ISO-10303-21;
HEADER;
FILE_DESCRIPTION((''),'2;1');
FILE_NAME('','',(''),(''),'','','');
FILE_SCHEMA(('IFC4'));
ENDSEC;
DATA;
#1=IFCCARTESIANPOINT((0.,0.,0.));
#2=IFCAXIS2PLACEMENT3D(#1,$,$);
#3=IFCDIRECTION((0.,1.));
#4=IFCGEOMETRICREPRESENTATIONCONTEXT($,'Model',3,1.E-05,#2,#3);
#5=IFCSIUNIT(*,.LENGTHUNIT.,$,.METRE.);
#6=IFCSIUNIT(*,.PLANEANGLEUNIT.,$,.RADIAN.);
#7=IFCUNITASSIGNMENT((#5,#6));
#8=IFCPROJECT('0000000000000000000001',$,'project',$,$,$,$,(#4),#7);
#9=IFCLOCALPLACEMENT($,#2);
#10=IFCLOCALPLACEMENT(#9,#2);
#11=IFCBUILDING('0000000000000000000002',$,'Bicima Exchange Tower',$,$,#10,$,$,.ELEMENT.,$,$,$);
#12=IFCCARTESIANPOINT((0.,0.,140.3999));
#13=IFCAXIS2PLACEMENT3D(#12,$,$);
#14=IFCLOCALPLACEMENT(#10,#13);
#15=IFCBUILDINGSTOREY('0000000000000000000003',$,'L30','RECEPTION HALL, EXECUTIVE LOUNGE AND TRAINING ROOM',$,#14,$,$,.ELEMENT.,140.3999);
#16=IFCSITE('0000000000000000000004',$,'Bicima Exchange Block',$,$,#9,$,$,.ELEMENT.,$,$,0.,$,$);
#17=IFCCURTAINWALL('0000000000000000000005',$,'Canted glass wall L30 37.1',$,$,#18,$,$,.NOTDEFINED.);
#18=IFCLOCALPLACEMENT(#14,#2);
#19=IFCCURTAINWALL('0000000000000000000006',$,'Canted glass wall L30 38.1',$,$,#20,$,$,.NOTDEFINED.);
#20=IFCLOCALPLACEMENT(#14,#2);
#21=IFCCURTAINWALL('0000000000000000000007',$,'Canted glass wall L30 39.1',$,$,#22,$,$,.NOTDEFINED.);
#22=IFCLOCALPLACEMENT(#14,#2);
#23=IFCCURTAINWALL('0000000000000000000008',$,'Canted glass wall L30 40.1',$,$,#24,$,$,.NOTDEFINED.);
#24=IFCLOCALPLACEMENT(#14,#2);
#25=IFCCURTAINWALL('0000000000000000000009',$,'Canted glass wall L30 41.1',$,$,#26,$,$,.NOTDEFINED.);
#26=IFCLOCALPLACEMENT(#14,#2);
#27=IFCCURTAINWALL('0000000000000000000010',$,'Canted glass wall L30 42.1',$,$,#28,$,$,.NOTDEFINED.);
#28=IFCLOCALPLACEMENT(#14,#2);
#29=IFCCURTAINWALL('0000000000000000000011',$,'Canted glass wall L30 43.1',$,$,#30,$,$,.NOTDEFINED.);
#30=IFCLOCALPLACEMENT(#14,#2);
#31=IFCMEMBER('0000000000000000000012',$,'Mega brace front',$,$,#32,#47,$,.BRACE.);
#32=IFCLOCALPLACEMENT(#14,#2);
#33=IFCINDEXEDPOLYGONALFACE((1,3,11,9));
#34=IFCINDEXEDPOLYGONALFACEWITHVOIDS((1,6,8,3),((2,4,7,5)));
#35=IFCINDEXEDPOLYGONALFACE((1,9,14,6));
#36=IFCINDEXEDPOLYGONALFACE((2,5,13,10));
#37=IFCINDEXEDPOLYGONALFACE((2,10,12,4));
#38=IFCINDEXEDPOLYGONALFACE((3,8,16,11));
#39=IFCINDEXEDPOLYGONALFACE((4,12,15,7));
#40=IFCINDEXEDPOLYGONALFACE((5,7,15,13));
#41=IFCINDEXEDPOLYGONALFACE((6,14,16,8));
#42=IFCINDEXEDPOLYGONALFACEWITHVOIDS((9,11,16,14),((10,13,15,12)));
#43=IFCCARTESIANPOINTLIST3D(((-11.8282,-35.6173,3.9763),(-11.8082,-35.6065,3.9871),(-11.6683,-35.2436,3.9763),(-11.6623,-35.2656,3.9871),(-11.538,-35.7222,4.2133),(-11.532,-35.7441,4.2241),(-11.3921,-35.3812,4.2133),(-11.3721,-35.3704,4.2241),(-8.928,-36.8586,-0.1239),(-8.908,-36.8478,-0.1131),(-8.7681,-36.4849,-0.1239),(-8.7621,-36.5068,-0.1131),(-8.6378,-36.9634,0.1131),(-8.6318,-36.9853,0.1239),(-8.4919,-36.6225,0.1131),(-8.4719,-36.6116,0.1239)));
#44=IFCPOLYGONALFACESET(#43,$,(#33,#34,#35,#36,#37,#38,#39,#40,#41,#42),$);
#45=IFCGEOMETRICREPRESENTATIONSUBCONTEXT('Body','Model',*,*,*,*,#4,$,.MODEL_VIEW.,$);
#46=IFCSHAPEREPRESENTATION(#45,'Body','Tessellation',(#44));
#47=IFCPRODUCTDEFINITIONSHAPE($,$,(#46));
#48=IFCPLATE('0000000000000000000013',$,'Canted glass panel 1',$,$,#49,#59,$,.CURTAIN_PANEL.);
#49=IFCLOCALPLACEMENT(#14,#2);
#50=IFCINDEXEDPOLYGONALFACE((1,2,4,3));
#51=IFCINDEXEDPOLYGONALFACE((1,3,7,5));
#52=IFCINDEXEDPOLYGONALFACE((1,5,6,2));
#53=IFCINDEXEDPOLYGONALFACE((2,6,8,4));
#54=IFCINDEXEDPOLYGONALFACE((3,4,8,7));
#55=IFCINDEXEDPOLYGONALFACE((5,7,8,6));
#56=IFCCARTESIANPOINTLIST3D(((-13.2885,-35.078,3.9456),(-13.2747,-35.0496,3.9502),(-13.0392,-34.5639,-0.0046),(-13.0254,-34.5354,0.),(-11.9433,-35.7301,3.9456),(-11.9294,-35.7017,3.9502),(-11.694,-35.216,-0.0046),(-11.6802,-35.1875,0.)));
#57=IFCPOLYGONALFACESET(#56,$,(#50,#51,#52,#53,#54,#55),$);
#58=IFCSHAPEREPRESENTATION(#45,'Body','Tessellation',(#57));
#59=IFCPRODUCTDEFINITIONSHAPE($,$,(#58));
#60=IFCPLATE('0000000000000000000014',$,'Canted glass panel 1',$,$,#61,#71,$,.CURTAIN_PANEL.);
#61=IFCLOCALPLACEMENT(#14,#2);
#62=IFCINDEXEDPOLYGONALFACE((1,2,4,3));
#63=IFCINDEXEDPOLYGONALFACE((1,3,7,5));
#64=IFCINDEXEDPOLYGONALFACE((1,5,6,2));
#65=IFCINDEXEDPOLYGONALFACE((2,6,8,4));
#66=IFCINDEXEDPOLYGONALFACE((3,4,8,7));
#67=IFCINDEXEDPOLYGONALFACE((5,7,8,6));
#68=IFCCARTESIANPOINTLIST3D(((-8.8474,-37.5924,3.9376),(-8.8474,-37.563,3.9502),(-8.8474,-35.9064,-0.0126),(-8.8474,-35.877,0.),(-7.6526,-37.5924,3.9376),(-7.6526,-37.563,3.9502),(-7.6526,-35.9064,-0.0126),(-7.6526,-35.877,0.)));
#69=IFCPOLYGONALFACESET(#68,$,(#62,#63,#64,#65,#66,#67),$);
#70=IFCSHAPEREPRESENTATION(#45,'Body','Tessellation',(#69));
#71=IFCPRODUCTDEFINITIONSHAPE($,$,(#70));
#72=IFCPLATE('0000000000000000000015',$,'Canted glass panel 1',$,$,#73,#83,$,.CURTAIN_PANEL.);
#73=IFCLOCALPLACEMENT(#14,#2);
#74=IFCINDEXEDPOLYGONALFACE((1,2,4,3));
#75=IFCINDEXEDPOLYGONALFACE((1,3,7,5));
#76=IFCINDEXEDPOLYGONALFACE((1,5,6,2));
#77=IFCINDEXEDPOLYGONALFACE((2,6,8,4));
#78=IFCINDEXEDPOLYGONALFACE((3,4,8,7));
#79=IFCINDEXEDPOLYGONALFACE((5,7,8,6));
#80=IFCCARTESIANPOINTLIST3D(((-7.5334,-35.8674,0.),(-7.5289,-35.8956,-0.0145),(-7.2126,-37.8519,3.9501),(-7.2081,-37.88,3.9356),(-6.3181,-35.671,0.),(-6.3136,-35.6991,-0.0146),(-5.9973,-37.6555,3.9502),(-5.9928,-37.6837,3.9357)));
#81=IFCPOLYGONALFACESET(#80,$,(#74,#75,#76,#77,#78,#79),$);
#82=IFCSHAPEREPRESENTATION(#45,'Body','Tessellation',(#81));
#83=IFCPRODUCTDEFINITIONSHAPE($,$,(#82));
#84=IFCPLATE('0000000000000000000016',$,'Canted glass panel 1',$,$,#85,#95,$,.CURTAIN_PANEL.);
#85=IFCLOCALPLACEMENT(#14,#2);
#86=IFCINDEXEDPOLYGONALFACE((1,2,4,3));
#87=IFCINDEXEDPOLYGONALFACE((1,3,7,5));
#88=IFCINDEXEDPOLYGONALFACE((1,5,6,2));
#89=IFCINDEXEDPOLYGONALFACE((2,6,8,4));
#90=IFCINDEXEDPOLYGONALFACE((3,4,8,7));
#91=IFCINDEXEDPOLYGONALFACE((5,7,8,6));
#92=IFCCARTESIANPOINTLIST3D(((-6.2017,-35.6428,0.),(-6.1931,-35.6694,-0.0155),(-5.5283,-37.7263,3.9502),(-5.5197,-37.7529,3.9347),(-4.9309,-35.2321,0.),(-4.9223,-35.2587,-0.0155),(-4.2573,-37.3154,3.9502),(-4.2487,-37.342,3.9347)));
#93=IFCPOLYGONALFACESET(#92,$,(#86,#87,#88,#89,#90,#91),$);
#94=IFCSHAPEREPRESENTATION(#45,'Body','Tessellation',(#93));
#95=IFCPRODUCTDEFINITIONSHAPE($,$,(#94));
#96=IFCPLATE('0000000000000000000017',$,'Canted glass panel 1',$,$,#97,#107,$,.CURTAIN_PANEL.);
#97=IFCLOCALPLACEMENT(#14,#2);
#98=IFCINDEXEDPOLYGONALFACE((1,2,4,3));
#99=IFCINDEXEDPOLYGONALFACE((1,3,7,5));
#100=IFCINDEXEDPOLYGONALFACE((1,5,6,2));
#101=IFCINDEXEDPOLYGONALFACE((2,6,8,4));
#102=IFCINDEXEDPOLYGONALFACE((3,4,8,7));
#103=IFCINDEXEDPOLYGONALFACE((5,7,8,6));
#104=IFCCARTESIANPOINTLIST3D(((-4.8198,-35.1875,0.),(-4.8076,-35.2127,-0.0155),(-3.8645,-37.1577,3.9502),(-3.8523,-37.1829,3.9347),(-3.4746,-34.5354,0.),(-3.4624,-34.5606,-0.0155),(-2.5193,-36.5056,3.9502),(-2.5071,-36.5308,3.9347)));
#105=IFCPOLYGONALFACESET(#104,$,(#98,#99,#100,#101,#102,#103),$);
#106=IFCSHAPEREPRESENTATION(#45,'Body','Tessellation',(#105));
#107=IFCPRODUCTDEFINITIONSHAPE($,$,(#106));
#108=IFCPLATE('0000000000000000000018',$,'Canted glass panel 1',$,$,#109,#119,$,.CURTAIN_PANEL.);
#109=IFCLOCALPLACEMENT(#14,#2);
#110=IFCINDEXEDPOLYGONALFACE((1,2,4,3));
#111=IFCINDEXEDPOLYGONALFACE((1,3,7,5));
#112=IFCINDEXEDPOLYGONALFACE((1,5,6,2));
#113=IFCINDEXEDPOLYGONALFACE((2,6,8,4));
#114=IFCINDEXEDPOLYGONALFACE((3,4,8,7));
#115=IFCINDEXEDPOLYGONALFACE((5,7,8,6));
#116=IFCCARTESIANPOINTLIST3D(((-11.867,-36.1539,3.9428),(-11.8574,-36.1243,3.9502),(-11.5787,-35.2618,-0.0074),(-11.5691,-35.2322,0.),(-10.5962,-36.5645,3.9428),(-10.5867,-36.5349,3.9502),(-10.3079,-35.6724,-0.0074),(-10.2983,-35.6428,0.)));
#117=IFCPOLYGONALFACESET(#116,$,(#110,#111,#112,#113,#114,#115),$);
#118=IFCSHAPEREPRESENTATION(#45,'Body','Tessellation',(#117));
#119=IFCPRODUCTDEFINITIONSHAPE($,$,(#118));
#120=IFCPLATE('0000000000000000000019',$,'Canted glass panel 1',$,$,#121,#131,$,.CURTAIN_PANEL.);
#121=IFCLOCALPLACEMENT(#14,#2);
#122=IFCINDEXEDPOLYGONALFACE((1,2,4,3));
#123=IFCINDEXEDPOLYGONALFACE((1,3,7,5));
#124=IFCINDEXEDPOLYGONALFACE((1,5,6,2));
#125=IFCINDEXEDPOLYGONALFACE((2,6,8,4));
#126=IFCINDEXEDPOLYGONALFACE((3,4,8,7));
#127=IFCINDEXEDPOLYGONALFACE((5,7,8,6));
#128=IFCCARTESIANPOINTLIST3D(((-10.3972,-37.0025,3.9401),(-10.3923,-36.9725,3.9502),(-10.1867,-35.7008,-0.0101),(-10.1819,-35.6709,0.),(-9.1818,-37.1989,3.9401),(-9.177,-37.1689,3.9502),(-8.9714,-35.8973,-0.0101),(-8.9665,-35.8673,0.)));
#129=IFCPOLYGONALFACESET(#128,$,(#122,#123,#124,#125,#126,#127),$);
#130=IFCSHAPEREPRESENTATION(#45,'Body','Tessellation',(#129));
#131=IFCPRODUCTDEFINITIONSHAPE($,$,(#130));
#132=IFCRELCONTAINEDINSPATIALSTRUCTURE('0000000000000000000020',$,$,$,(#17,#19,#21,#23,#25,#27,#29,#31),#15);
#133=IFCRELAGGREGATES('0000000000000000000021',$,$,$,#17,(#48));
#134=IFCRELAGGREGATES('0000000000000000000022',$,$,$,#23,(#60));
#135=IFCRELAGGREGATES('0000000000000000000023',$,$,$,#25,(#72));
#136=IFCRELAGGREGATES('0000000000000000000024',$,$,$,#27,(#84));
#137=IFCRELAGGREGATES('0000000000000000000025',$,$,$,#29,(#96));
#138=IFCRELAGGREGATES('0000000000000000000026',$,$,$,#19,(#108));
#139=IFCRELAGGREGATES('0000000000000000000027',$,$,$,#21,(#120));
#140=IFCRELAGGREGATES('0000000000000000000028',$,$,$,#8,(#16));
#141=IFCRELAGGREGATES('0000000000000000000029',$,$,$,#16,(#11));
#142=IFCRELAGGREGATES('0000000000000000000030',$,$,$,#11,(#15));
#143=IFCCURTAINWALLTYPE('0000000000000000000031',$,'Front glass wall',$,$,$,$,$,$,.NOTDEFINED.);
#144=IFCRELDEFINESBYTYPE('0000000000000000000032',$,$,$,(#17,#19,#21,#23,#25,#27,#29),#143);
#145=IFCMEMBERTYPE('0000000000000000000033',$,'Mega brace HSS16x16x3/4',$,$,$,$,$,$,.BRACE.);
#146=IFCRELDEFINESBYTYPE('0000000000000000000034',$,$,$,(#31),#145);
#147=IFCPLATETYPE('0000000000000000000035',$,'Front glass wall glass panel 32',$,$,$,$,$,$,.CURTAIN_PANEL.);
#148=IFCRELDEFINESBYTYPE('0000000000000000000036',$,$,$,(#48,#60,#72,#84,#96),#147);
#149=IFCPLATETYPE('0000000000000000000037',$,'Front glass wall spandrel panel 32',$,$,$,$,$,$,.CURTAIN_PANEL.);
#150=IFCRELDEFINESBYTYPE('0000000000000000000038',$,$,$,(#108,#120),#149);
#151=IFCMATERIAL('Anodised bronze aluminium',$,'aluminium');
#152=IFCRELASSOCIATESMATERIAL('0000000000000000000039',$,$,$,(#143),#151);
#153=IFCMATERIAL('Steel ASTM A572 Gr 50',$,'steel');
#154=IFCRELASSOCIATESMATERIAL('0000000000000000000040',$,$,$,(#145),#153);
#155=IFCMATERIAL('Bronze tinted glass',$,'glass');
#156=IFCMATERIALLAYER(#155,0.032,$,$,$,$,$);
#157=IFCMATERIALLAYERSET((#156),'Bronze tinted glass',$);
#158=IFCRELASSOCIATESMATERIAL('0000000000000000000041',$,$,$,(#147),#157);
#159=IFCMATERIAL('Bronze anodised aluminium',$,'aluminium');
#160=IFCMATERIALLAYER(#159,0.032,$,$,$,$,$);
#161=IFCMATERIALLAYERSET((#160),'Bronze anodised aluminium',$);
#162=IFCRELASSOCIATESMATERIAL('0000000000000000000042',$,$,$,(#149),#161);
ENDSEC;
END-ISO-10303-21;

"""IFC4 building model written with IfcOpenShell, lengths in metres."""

from ifc_helpers import new_model, si_unit, direction, frame, origin, origin_2d, place, context, subcontext, project, spatial, polyline, hollow_rectangle, outline, extrude, material, layer, layer_set, material_profile, profile_set, type_object, element, aggregate, save


model = new_model("IFC4")

# Units and contexts
model_context = context("Model", 3, precision=1e-05, world=origin(), true_north=direction((0.0, 1.0)))
body_context = subcontext(model_context, "Body", "Model", "MODEL_VIEW")
ifc_project = project(units=[si_unit("LENGTHUNIT", "METRE"), si_unit("PLANEANGLEUNIT", "RADIAN")], contexts=[model_context])

# Site, building, storey
site_placement = place(None, origin())
site = spatial("IfcSite", under=ifc_project, at=site_placement, Name="Bicima Exchange Block", CompositionType="ELEMENT", RefElevation=0.0)
building_placement = place(site_placement, origin())
building = spatial("IfcBuilding", under=site, at=building_placement, Name="Bicima Exchange Tower", CompositionType="ELEMENT")
storey_placement = place(building_placement, frame((0.0, 0.0, 140.3999)))
storey = spatial("IfcBuildingStorey", under=building, at=storey_placement, Name="L30", Description="RECEPTION HALL, EXECUTIVE LOUNGE AND TRAINING ROOM", CompositionType="ELEMENT", Elevation=140.3999)

# Curtain wall
ifc_material_1 = material(Name="Anodised bronze aluminium", Category="aluminium")
curtain_wall_type = type_object("IfcCurtainWallType", Name="Front glass wall", PredefinedType="NOTDEFINED", material=ifc_material_1)
curtain_wall_1_placement = place(storey_placement, origin())
curtain_wall_1 = element("IfcCurtainWall", 1, at=curtain_wall_1_placement, inside=storey, type_object=curtain_wall_type, Name="Canted glass wall L30 37.1", PredefinedType="NOTDEFINED")

# Curtain walls
curtain_wall_2_placement = place(storey_placement, origin())
curtain_wall_2 = element("IfcCurtainWall", 2, at=curtain_wall_2_placement, inside=storey, type_object=curtain_wall_type, Name="Canted glass wall L30 38.1", PredefinedType="NOTDEFINED")
curtain_wall_3_placement = place(storey_placement, origin())
curtain_wall_3 = element("IfcCurtainWall", 3, at=curtain_wall_3_placement, inside=storey, type_object=curtain_wall_type, Name="Canted glass wall L30 39.1", PredefinedType="NOTDEFINED")
curtain_wall_4_placement = place(storey_placement, origin())
curtain_wall_4 = element("IfcCurtainWall", 4, at=curtain_wall_4_placement, inside=storey, type_object=curtain_wall_type, Name="Canted glass wall L30 40.1", PredefinedType="NOTDEFINED")
curtain_wall_5_placement = place(storey_placement, origin())
curtain_wall_5 = element("IfcCurtainWall", 5, at=curtain_wall_5_placement, inside=storey, type_object=curtain_wall_type, Name="Canted glass wall L30 41.1", PredefinedType="NOTDEFINED")
curtain_wall_6_placement = place(storey_placement, origin())
curtain_wall_6 = element("IfcCurtainWall", 6, at=curtain_wall_6_placement, inside=storey, type_object=curtain_wall_type, Name="Canted glass wall L30 42.1", PredefinedType="NOTDEFINED")

# Curtain wall
curtain_wall_7_placement = place(storey_placement, origin())
curtain_wall_7 = element("IfcCurtainWall", 7, at=curtain_wall_7_placement, inside=storey, type_object=curtain_wall_type, Name="Canted glass wall L30 43.1", PredefinedType="NOTDEFINED")

# Member
ifc_material_2 = material(Name="Steel ASTM A572 Gr 50", Category="steel")
ifc_material_profile_1 = material_profile(ifc_material_2, hollow_rectangle(XDim=0.4065, YDim=0.4065, WallThickness=0.0178, at=origin_2d()))
ifc_profile_set_1 = profile_set([ifc_material_profile_1], Name="Steel ASTM A572 Gr 50")
member_type_1 = type_object("IfcMemberType", Name="Mega brace HSS16x16x3/4", PredefinedType="BRACE", material=ifc_profile_set_1)
member_1_placement = place(storey_placement, frame((-8.7, -36.7351, 0.0), z_axis=(-0.560607, 0.23993, 0.792561), x_axis=(-0.393462, -0.919341, 0.0)))
element("IfcMember", 8, at=member_1_placement, inside=storey, type_object=member_type_1, Name="Mega brace front", PredefinedType="BRACE", context=body_context, shape_type="SweptSolid", body=[
    extrude(hollow_rectangle(XDim=0.4065, YDim=0.4065, WallThickness=0.0178, at=origin_2d()), origin(), (0.0, 0.0, 1.0), 5.1733),
])

# Plates
ifc_material_3 = material(Name="Bronze tinted glass", Category="glass")
ifc_layer_1 = layer(ifc_material_3, 0.032)
ifc_layer_set_1 = layer_set([ifc_layer_1], Name="Bronze tinted glass")
plate_type_1 = type_object("IfcPlateType", Name="Front glass wall glass panel 32", PredefinedType="CURTAIN_PANEL", material=ifc_layer_set_1)
plate_1_placement = place(storey_placement, frame((-13.0254, -34.5354, 0.0), z_axis=(0.431712, 0.890578, 0.14316), x_axis=(0.899847, -0.436205, 0.0)))
plate_1 = element("IfcPlate", 9, at=plate_1_placement, type_object=plate_type_1, Name="Canted glass panel 1", PredefinedType="CURTAIN_PANEL", context=body_context, shape_type="SweptSolid", body=[
    extrude(outline(polyline([(0.0, 0.0), (1.4949, 0.0), (1.4949, -3.9913), (0.0, -3.9913), (0.0, 0.0)])), origin(), (0.0, 0.0, -1.0), 0.032),
])
aggregate(curtain_wall_1, [plate_1])
plate_2_placement = place(storey_placement, frame((-8.8474, -35.877, 0.0), z_axis=(0.0, 0.919726, 0.392561), x_axis=(1.0, 0.0, 0.0)))
plate_2 = element("IfcPlate", 10, at=plate_2_placement, type_object=plate_type_1, Name="Canted glass panel 1", PredefinedType="CURTAIN_PANEL", context=body_context, shape_type="SweptSolid", body=[
    extrude(outline(polyline([(0.0, 0.0), (1.1948, 0.0), (1.1948, -4.295), (0.0, -4.295), (0.0, 0.0)])), origin(), (0.0, 0.0, -1.0), 0.032),
])
aggregate(curtain_wall_4, [plate_2])
plate_3_placement = place(storey_placement, frame((-7.5334, -35.8674, 0.0), z_axis=(-0.142188, 0.879816, 0.453549), x_axis=(0.987188, 0.159561, -0.00004)))
plate_3 = element("IfcPlate", 11, at=plate_3_placement, type_object=plate_type_1, Name="Canted glass panel 1", PredefinedType="CURTAIN_PANEL", context=body_context, shape_type="SweptSolid", body=[
    extrude(outline(polyline([(0.0, 0.0), (1.2311, 0.0), (1.231, -4.4323), (-0.0001, -4.4322), (0.0, 0.0)])), origin(), (0.0, 0.0, -1.0), 0.032),
])
aggregate(curtain_wall_5, [plate_3])
plate_4_placement = place(storey_placement, frame((-6.2017, -35.6428, 0.0), z_axis=(-0.268993, 0.832238, 0.484791), x_axis=(0.951536, 0.307537, 0.000025)))
plate_4 = element("IfcPlate", 12, at=plate_4_placement, type_object=plate_type_1, Name="Canted glass panel 1", PredefinedType="CURTAIN_PANEL", context=body_context, shape_type="SweptSolid", body=[
    extrude(outline(polyline([(0.0, 0.0), (1.3355, 0.0), (1.3358, -4.5164), (0.0001, -4.5165), (0.0, 0.0)])), origin(), (0.0, 0.0, -1.0), 0.032),
])
aggregate(curtain_wall_6, [plate_4])
plate_5_placement = place(storey_placement, frame((-4.8198, -35.1875, 0.0), z_axis=(-0.381515, 0.787026, 0.484806), x_axis=(0.899847, 0.436205, 0.0)))
plate_5 = element("IfcPlate", 13, at=plate_5_placement, type_object=plate_type_1, Name="Canted glass panel 1", PredefinedType="CURTAIN_PANEL", context=body_context, shape_type="SweptSolid", body=[
    extrude(outline(polyline([(0.0, 0.0), (1.4949, 0.0), (1.4952, -4.5165), (0.0002, -4.5165), (0.0, 0.0)])), origin(), (0.0, 0.0, -1.0), 0.032),
])
aggregate(curtain_wall_7, [plate_5])
ifc_material_4 = material(Name="Bronze anodised aluminium", Category="aluminium")
ifc_layer_2 = layer(ifc_material_4, 0.032)
ifc_layer_set_2 = layer_set([ifc_layer_2], Name="Bronze anodised aluminium")
plate_type_2 = type_object("IfcPlateType", Name="Front glass wall spandrel panel 32", PredefinedType="CURTAIN_PANEL", material=ifc_layer_set_2)
plate_6_placement = place(storey_placement, frame((-11.5691, -35.2322, 0.0), z_axis=(0.299183, 0.925832, 0.230922), x_axis=(0.95155, -0.307494, 0.0)))
plate_6 = element("IfcPlate", 14, at=plate_6_placement, type_object=plate_type_2, Name="Canted glass panel 1", PredefinedType="CURTAIN_PANEL", context=body_context, shape_type="SweptSolid", body=[
    extrude(outline(polyline([(0.0, 0.0), (1.3355, 0.0), (1.3354, -4.0599), (0.0, -4.0599), (0.0, 0.0)])), origin(), (0.0, 0.0, -1.0), 0.032),
])
aggregate(curtain_wall_2, [plate_6])
plate_7_placement = place(storey_placement, frame((-10.1819, -35.6709, 0.0), z_axis=(0.151333, 0.936403, 0.316618), x_axis=(0.98719, -0.159551, 0.000029)))
plate_7 = element("IfcPlate", 15, at=plate_7_placement, type_object=plate_type_2, Name="Canted glass panel 1", PredefinedType="CURTAIN_PANEL", context=body_context, shape_type="SweptSolid", body=[
    extrude(outline(polyline([(0.0, 0.0), (1.2311, 0.0), (1.2311, -4.1644), (0.0001, -4.1645), (0.0, 0.0)])), origin(), (0.0, 0.0, -1.0), 0.032),
])
aggregate(curtain_wall_3, [plate_7])

save(model, "model.ifc")
